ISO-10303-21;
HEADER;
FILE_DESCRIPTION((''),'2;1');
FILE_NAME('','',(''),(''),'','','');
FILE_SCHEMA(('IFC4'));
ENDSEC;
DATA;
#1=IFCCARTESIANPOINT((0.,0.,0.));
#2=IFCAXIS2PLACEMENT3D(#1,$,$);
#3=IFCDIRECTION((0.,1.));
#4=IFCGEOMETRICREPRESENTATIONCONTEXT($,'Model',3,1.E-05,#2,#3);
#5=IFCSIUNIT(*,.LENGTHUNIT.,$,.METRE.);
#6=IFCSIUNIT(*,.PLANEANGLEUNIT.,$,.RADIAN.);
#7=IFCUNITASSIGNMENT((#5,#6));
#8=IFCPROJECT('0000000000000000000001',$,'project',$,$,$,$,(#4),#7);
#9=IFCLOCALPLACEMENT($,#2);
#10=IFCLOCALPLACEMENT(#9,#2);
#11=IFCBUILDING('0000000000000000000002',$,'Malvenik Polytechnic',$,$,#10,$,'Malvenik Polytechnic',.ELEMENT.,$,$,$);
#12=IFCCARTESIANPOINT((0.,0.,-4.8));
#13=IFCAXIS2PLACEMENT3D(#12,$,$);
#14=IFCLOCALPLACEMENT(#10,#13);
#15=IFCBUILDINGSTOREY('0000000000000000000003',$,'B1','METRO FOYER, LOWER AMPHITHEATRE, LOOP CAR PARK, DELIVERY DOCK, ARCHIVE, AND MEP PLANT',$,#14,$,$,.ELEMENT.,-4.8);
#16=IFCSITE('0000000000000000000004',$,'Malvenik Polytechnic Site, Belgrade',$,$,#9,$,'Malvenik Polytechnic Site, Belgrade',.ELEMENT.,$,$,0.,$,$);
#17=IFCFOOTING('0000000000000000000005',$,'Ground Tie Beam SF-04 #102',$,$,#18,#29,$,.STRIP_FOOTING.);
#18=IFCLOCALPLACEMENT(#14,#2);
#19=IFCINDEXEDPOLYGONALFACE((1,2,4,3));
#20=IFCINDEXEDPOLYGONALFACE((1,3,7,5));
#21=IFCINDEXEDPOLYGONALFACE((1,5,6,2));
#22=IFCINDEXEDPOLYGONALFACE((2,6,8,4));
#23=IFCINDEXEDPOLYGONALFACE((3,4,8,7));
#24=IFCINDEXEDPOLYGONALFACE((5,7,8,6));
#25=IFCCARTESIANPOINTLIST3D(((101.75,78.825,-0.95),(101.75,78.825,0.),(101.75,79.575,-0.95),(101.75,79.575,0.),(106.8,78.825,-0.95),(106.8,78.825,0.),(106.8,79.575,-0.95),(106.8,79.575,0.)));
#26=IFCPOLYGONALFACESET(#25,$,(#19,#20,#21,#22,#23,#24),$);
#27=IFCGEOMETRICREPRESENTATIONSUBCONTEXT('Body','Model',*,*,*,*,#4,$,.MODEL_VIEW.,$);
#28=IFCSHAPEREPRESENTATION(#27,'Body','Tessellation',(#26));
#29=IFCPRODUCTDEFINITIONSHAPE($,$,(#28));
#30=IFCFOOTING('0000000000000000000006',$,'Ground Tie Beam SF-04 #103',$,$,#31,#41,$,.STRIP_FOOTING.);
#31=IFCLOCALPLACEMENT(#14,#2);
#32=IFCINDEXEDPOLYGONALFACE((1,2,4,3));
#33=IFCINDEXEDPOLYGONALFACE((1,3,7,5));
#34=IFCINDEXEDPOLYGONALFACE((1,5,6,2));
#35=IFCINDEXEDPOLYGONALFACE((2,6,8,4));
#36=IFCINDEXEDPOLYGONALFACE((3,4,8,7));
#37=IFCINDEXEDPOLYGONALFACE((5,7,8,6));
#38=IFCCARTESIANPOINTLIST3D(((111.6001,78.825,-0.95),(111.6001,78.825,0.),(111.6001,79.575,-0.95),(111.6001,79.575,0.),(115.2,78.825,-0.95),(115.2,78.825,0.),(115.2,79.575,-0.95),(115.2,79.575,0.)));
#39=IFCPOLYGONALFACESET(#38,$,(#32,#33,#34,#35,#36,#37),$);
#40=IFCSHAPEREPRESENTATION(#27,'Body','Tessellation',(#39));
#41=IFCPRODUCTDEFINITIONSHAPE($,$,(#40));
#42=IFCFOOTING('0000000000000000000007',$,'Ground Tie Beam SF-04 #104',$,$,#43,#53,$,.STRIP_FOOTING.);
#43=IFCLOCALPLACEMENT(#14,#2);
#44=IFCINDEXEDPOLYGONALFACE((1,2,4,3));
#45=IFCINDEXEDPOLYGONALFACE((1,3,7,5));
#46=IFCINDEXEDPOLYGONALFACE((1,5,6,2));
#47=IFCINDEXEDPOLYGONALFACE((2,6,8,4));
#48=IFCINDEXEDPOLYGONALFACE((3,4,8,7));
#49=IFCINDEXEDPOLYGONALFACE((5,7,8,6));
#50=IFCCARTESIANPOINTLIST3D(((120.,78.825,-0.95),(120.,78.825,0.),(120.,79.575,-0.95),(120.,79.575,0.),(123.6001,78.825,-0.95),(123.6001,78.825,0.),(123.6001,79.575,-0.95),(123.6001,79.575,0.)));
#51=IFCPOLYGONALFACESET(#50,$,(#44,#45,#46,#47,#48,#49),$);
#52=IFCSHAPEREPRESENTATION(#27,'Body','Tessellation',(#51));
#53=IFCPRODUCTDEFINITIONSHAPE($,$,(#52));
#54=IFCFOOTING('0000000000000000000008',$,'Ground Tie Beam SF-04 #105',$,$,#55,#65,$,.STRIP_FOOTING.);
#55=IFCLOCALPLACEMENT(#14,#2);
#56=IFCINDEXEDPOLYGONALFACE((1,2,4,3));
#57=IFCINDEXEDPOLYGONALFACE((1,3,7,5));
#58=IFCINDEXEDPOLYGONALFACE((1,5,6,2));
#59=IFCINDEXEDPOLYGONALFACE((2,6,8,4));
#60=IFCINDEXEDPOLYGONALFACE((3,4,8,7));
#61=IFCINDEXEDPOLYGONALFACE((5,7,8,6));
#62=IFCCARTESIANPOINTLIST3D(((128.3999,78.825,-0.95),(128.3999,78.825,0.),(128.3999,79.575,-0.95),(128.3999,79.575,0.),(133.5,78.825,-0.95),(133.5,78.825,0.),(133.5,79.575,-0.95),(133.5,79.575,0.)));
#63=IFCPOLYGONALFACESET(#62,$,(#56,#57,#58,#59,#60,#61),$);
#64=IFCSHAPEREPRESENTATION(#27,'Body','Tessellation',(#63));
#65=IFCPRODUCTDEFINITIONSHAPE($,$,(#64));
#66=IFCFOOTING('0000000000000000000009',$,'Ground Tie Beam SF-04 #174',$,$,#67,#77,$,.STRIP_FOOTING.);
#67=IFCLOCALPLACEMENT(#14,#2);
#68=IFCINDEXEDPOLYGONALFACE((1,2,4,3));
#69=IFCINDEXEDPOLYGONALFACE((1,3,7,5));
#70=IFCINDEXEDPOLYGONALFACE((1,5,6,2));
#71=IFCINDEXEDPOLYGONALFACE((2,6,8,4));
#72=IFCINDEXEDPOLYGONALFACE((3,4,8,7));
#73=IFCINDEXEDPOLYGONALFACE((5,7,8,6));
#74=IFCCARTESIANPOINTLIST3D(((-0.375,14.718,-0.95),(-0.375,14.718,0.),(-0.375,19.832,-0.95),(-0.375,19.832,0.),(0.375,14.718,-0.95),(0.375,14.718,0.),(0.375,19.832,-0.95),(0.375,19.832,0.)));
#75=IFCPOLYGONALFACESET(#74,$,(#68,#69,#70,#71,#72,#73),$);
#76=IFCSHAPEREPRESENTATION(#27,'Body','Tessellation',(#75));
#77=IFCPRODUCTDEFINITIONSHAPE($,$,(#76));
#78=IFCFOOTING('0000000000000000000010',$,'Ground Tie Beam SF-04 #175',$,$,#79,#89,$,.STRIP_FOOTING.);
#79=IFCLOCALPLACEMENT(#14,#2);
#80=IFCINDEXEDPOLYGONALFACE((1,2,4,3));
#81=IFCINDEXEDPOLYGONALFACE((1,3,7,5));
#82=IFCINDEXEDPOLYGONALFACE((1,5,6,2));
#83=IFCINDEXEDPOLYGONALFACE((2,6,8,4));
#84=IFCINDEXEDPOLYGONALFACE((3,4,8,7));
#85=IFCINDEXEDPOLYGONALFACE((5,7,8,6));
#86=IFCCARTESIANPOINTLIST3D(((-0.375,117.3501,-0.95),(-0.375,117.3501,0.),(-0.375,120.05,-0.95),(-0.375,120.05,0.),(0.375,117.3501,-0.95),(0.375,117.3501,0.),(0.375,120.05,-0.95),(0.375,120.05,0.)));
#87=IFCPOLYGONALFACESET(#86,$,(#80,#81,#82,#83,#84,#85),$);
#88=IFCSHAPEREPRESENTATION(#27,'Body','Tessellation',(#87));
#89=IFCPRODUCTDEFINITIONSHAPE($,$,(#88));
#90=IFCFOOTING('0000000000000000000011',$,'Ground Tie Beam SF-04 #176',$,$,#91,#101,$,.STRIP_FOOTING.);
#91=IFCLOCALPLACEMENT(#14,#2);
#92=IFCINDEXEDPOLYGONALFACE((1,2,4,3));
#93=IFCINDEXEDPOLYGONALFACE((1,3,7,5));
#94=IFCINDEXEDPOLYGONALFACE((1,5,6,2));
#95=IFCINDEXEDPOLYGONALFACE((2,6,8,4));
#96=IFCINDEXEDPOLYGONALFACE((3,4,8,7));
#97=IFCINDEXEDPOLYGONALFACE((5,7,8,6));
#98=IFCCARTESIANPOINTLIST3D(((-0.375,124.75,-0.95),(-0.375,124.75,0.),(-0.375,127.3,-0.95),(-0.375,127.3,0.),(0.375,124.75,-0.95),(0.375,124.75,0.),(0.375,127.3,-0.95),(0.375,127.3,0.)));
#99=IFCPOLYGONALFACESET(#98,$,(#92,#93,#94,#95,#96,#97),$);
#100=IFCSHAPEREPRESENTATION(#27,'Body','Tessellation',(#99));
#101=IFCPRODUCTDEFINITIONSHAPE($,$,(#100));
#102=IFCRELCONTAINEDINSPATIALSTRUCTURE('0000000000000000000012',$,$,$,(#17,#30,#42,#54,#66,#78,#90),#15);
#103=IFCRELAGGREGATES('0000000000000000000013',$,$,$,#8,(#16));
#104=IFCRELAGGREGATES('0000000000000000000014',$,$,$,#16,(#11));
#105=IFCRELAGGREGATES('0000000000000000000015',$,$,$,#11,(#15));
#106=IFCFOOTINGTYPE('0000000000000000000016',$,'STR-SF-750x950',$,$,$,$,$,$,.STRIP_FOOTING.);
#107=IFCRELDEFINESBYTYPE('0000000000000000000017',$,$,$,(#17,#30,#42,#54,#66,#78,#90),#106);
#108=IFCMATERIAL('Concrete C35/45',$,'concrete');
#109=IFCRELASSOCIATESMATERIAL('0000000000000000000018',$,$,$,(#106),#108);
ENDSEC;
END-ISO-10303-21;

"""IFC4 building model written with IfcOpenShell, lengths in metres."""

from ifc_helpers import new_model, si_unit, direction, frame, origin, place, context, subcontext, project, spatial, polyline, outline, extrude, material, type_object, element, save


model = new_model("IFC4")

# Units and contexts
model_context = context("Model", 3, precision=1e-05, world=origin(), true_north=direction((0.0, 1.0)))
body_context = subcontext(model_context, "Body", "Model", "MODEL_VIEW")
ifc_project = project(units=[si_unit("LENGTHUNIT", "METRE"), si_unit("PLANEANGLEUNIT", "RADIAN")], contexts=[model_context])

# Site, building, storey
site_placement = place(None, origin())
site = spatial("IfcSite", under=ifc_project, at=site_placement, Name="Malvenik Polytechnic Site, Belgrade", LongName="Malvenik Polytechnic Site, Belgrade", CompositionType="ELEMENT", RefElevation=0.0)
building_placement = place(site_placement, origin())
building = spatial("IfcBuilding", under=site, at=building_placement, Name="Malvenik Polytechnic", LongName="Malvenik Polytechnic", CompositionType="ELEMENT")
storey_placement = place(building_placement, frame((0.0, 0.0, -4.8)))
storey = spatial("IfcBuildingStorey", under=building, at=storey_placement, Name="B1", Description="METRO FOYER, LOWER AMPHITHEATRE, LOOP CAR PARK, DELIVERY DOCK, ARCHIVE, AND MEP PLANT", CompositionType="ELEMENT", Elevation=-4.8)

# Footings
ifc_material = material(Name="Concrete C35/45", Category="concrete")
footing_type_1 = type_object("IfcFootingType", Name="STR-SF-750x950", PredefinedType="STRIP_FOOTING", material=ifc_material)
footing_1_placement = place(storey_placement, frame((0.0, 0.0, -0.95)))
element("IfcFooting", 1, at=footing_1_placement, inside=storey, type_object=footing_type_1, Name="Ground Tie Beam SF-04 #102", PredefinedType="STRIP_FOOTING", context=body_context, shape_type="SweptSolid", body=[
    extrude(outline(polyline([(101.75, 78.825), (106.8, 78.825), (106.8, 79.575), (101.75, 79.575), (101.75, 78.825)])), origin(), (0.0, 0.0, 1.0), 0.95),
])
footing_2_placement = place(storey_placement, frame((0.0, 0.0, -0.95)))
element("IfcFooting", 2, at=footing_2_placement, inside=storey, type_object=footing_type_1, Name="Ground Tie Beam SF-04 #103", PredefinedType="STRIP_FOOTING", context=body_context, shape_type="SweptSolid", body=[
    extrude(outline(polyline([(111.6001, 78.825), (115.2, 78.825), (115.2, 79.575), (111.6001, 79.575), (111.6001, 78.825)])), origin(), (0.0, 0.0, 1.0), 0.95),
])
footing_3_placement = place(storey_placement, frame((0.0, 0.0, -0.95)))
element("IfcFooting", 3, at=footing_3_placement, inside=storey, type_object=footing_type_1, Name="Ground Tie Beam SF-04 #104", PredefinedType="STRIP_FOOTING", context=body_context, shape_type="SweptSolid", body=[
    extrude(outline(polyline([(120.0, 78.825), (123.6001, 78.825), (123.6001, 79.575), (120.0, 79.575), (120.0, 78.825)])), origin(), (0.0, 0.0, 1.0), 0.95),
])
footing_4_placement = place(storey_placement, frame((0.0, 0.0, -0.95)))
element("IfcFooting", 4, at=footing_4_placement, inside=storey, type_object=footing_type_1, Name="Ground Tie Beam SF-04 #105", PredefinedType="STRIP_FOOTING", context=body_context, shape_type="SweptSolid", body=[
    extrude(outline(polyline([(128.3999, 78.825), (133.5, 78.825), (133.5, 79.575), (128.3999, 79.575), (128.3999, 78.825)])), origin(), (0.0, 0.0, 1.0), 0.95),
])
footing_5_placement = place(storey_placement, frame((0.0, 0.0, -0.95)))
element("IfcFooting", 5, at=footing_5_placement, inside=storey, type_object=footing_type_1, Name="Ground Tie Beam SF-04 #174", PredefinedType="STRIP_FOOTING", context=body_context, shape_type="SweptSolid", body=[
    extrude(outline(polyline([(-0.375, 14.718), (0.375, 14.718), (0.375, 19.832), (-0.375, 19.832), (-0.375, 14.718)])), origin(), (0.0, 0.0, 1.0), 0.95),
])
footing_6_placement = place(storey_placement, frame((0.0, 0.0, -0.95)))
element("IfcFooting", 6, at=footing_6_placement, inside=storey, type_object=footing_type_1, Name="Ground Tie Beam SF-04 #175", PredefinedType="STRIP_FOOTING", context=body_context, shape_type="SweptSolid", body=[
    extrude(outline(polyline([(-0.375, 117.3501), (0.375, 117.3501), (0.375, 120.05), (-0.375, 120.05), (-0.375, 117.3501)])), origin(), (0.0, 0.0, 1.0), 0.95),
])
footing_7_placement = place(storey_placement, frame((0.0, 0.0, -0.95)))
element("IfcFooting", 7, at=footing_7_placement, inside=storey, type_object=footing_type_1, Name="Ground Tie Beam SF-04 #176", PredefinedType="STRIP_FOOTING", context=body_context, shape_type="SweptSolid", body=[
    extrude(outline(polyline([(-0.375, 124.75), (0.375, 124.75), (0.375, 127.3), (-0.375, 127.3), (-0.375, 124.75)])), origin(), (0.0, 0.0, 1.0), 0.95),
])

save(model, "model.ifc")
